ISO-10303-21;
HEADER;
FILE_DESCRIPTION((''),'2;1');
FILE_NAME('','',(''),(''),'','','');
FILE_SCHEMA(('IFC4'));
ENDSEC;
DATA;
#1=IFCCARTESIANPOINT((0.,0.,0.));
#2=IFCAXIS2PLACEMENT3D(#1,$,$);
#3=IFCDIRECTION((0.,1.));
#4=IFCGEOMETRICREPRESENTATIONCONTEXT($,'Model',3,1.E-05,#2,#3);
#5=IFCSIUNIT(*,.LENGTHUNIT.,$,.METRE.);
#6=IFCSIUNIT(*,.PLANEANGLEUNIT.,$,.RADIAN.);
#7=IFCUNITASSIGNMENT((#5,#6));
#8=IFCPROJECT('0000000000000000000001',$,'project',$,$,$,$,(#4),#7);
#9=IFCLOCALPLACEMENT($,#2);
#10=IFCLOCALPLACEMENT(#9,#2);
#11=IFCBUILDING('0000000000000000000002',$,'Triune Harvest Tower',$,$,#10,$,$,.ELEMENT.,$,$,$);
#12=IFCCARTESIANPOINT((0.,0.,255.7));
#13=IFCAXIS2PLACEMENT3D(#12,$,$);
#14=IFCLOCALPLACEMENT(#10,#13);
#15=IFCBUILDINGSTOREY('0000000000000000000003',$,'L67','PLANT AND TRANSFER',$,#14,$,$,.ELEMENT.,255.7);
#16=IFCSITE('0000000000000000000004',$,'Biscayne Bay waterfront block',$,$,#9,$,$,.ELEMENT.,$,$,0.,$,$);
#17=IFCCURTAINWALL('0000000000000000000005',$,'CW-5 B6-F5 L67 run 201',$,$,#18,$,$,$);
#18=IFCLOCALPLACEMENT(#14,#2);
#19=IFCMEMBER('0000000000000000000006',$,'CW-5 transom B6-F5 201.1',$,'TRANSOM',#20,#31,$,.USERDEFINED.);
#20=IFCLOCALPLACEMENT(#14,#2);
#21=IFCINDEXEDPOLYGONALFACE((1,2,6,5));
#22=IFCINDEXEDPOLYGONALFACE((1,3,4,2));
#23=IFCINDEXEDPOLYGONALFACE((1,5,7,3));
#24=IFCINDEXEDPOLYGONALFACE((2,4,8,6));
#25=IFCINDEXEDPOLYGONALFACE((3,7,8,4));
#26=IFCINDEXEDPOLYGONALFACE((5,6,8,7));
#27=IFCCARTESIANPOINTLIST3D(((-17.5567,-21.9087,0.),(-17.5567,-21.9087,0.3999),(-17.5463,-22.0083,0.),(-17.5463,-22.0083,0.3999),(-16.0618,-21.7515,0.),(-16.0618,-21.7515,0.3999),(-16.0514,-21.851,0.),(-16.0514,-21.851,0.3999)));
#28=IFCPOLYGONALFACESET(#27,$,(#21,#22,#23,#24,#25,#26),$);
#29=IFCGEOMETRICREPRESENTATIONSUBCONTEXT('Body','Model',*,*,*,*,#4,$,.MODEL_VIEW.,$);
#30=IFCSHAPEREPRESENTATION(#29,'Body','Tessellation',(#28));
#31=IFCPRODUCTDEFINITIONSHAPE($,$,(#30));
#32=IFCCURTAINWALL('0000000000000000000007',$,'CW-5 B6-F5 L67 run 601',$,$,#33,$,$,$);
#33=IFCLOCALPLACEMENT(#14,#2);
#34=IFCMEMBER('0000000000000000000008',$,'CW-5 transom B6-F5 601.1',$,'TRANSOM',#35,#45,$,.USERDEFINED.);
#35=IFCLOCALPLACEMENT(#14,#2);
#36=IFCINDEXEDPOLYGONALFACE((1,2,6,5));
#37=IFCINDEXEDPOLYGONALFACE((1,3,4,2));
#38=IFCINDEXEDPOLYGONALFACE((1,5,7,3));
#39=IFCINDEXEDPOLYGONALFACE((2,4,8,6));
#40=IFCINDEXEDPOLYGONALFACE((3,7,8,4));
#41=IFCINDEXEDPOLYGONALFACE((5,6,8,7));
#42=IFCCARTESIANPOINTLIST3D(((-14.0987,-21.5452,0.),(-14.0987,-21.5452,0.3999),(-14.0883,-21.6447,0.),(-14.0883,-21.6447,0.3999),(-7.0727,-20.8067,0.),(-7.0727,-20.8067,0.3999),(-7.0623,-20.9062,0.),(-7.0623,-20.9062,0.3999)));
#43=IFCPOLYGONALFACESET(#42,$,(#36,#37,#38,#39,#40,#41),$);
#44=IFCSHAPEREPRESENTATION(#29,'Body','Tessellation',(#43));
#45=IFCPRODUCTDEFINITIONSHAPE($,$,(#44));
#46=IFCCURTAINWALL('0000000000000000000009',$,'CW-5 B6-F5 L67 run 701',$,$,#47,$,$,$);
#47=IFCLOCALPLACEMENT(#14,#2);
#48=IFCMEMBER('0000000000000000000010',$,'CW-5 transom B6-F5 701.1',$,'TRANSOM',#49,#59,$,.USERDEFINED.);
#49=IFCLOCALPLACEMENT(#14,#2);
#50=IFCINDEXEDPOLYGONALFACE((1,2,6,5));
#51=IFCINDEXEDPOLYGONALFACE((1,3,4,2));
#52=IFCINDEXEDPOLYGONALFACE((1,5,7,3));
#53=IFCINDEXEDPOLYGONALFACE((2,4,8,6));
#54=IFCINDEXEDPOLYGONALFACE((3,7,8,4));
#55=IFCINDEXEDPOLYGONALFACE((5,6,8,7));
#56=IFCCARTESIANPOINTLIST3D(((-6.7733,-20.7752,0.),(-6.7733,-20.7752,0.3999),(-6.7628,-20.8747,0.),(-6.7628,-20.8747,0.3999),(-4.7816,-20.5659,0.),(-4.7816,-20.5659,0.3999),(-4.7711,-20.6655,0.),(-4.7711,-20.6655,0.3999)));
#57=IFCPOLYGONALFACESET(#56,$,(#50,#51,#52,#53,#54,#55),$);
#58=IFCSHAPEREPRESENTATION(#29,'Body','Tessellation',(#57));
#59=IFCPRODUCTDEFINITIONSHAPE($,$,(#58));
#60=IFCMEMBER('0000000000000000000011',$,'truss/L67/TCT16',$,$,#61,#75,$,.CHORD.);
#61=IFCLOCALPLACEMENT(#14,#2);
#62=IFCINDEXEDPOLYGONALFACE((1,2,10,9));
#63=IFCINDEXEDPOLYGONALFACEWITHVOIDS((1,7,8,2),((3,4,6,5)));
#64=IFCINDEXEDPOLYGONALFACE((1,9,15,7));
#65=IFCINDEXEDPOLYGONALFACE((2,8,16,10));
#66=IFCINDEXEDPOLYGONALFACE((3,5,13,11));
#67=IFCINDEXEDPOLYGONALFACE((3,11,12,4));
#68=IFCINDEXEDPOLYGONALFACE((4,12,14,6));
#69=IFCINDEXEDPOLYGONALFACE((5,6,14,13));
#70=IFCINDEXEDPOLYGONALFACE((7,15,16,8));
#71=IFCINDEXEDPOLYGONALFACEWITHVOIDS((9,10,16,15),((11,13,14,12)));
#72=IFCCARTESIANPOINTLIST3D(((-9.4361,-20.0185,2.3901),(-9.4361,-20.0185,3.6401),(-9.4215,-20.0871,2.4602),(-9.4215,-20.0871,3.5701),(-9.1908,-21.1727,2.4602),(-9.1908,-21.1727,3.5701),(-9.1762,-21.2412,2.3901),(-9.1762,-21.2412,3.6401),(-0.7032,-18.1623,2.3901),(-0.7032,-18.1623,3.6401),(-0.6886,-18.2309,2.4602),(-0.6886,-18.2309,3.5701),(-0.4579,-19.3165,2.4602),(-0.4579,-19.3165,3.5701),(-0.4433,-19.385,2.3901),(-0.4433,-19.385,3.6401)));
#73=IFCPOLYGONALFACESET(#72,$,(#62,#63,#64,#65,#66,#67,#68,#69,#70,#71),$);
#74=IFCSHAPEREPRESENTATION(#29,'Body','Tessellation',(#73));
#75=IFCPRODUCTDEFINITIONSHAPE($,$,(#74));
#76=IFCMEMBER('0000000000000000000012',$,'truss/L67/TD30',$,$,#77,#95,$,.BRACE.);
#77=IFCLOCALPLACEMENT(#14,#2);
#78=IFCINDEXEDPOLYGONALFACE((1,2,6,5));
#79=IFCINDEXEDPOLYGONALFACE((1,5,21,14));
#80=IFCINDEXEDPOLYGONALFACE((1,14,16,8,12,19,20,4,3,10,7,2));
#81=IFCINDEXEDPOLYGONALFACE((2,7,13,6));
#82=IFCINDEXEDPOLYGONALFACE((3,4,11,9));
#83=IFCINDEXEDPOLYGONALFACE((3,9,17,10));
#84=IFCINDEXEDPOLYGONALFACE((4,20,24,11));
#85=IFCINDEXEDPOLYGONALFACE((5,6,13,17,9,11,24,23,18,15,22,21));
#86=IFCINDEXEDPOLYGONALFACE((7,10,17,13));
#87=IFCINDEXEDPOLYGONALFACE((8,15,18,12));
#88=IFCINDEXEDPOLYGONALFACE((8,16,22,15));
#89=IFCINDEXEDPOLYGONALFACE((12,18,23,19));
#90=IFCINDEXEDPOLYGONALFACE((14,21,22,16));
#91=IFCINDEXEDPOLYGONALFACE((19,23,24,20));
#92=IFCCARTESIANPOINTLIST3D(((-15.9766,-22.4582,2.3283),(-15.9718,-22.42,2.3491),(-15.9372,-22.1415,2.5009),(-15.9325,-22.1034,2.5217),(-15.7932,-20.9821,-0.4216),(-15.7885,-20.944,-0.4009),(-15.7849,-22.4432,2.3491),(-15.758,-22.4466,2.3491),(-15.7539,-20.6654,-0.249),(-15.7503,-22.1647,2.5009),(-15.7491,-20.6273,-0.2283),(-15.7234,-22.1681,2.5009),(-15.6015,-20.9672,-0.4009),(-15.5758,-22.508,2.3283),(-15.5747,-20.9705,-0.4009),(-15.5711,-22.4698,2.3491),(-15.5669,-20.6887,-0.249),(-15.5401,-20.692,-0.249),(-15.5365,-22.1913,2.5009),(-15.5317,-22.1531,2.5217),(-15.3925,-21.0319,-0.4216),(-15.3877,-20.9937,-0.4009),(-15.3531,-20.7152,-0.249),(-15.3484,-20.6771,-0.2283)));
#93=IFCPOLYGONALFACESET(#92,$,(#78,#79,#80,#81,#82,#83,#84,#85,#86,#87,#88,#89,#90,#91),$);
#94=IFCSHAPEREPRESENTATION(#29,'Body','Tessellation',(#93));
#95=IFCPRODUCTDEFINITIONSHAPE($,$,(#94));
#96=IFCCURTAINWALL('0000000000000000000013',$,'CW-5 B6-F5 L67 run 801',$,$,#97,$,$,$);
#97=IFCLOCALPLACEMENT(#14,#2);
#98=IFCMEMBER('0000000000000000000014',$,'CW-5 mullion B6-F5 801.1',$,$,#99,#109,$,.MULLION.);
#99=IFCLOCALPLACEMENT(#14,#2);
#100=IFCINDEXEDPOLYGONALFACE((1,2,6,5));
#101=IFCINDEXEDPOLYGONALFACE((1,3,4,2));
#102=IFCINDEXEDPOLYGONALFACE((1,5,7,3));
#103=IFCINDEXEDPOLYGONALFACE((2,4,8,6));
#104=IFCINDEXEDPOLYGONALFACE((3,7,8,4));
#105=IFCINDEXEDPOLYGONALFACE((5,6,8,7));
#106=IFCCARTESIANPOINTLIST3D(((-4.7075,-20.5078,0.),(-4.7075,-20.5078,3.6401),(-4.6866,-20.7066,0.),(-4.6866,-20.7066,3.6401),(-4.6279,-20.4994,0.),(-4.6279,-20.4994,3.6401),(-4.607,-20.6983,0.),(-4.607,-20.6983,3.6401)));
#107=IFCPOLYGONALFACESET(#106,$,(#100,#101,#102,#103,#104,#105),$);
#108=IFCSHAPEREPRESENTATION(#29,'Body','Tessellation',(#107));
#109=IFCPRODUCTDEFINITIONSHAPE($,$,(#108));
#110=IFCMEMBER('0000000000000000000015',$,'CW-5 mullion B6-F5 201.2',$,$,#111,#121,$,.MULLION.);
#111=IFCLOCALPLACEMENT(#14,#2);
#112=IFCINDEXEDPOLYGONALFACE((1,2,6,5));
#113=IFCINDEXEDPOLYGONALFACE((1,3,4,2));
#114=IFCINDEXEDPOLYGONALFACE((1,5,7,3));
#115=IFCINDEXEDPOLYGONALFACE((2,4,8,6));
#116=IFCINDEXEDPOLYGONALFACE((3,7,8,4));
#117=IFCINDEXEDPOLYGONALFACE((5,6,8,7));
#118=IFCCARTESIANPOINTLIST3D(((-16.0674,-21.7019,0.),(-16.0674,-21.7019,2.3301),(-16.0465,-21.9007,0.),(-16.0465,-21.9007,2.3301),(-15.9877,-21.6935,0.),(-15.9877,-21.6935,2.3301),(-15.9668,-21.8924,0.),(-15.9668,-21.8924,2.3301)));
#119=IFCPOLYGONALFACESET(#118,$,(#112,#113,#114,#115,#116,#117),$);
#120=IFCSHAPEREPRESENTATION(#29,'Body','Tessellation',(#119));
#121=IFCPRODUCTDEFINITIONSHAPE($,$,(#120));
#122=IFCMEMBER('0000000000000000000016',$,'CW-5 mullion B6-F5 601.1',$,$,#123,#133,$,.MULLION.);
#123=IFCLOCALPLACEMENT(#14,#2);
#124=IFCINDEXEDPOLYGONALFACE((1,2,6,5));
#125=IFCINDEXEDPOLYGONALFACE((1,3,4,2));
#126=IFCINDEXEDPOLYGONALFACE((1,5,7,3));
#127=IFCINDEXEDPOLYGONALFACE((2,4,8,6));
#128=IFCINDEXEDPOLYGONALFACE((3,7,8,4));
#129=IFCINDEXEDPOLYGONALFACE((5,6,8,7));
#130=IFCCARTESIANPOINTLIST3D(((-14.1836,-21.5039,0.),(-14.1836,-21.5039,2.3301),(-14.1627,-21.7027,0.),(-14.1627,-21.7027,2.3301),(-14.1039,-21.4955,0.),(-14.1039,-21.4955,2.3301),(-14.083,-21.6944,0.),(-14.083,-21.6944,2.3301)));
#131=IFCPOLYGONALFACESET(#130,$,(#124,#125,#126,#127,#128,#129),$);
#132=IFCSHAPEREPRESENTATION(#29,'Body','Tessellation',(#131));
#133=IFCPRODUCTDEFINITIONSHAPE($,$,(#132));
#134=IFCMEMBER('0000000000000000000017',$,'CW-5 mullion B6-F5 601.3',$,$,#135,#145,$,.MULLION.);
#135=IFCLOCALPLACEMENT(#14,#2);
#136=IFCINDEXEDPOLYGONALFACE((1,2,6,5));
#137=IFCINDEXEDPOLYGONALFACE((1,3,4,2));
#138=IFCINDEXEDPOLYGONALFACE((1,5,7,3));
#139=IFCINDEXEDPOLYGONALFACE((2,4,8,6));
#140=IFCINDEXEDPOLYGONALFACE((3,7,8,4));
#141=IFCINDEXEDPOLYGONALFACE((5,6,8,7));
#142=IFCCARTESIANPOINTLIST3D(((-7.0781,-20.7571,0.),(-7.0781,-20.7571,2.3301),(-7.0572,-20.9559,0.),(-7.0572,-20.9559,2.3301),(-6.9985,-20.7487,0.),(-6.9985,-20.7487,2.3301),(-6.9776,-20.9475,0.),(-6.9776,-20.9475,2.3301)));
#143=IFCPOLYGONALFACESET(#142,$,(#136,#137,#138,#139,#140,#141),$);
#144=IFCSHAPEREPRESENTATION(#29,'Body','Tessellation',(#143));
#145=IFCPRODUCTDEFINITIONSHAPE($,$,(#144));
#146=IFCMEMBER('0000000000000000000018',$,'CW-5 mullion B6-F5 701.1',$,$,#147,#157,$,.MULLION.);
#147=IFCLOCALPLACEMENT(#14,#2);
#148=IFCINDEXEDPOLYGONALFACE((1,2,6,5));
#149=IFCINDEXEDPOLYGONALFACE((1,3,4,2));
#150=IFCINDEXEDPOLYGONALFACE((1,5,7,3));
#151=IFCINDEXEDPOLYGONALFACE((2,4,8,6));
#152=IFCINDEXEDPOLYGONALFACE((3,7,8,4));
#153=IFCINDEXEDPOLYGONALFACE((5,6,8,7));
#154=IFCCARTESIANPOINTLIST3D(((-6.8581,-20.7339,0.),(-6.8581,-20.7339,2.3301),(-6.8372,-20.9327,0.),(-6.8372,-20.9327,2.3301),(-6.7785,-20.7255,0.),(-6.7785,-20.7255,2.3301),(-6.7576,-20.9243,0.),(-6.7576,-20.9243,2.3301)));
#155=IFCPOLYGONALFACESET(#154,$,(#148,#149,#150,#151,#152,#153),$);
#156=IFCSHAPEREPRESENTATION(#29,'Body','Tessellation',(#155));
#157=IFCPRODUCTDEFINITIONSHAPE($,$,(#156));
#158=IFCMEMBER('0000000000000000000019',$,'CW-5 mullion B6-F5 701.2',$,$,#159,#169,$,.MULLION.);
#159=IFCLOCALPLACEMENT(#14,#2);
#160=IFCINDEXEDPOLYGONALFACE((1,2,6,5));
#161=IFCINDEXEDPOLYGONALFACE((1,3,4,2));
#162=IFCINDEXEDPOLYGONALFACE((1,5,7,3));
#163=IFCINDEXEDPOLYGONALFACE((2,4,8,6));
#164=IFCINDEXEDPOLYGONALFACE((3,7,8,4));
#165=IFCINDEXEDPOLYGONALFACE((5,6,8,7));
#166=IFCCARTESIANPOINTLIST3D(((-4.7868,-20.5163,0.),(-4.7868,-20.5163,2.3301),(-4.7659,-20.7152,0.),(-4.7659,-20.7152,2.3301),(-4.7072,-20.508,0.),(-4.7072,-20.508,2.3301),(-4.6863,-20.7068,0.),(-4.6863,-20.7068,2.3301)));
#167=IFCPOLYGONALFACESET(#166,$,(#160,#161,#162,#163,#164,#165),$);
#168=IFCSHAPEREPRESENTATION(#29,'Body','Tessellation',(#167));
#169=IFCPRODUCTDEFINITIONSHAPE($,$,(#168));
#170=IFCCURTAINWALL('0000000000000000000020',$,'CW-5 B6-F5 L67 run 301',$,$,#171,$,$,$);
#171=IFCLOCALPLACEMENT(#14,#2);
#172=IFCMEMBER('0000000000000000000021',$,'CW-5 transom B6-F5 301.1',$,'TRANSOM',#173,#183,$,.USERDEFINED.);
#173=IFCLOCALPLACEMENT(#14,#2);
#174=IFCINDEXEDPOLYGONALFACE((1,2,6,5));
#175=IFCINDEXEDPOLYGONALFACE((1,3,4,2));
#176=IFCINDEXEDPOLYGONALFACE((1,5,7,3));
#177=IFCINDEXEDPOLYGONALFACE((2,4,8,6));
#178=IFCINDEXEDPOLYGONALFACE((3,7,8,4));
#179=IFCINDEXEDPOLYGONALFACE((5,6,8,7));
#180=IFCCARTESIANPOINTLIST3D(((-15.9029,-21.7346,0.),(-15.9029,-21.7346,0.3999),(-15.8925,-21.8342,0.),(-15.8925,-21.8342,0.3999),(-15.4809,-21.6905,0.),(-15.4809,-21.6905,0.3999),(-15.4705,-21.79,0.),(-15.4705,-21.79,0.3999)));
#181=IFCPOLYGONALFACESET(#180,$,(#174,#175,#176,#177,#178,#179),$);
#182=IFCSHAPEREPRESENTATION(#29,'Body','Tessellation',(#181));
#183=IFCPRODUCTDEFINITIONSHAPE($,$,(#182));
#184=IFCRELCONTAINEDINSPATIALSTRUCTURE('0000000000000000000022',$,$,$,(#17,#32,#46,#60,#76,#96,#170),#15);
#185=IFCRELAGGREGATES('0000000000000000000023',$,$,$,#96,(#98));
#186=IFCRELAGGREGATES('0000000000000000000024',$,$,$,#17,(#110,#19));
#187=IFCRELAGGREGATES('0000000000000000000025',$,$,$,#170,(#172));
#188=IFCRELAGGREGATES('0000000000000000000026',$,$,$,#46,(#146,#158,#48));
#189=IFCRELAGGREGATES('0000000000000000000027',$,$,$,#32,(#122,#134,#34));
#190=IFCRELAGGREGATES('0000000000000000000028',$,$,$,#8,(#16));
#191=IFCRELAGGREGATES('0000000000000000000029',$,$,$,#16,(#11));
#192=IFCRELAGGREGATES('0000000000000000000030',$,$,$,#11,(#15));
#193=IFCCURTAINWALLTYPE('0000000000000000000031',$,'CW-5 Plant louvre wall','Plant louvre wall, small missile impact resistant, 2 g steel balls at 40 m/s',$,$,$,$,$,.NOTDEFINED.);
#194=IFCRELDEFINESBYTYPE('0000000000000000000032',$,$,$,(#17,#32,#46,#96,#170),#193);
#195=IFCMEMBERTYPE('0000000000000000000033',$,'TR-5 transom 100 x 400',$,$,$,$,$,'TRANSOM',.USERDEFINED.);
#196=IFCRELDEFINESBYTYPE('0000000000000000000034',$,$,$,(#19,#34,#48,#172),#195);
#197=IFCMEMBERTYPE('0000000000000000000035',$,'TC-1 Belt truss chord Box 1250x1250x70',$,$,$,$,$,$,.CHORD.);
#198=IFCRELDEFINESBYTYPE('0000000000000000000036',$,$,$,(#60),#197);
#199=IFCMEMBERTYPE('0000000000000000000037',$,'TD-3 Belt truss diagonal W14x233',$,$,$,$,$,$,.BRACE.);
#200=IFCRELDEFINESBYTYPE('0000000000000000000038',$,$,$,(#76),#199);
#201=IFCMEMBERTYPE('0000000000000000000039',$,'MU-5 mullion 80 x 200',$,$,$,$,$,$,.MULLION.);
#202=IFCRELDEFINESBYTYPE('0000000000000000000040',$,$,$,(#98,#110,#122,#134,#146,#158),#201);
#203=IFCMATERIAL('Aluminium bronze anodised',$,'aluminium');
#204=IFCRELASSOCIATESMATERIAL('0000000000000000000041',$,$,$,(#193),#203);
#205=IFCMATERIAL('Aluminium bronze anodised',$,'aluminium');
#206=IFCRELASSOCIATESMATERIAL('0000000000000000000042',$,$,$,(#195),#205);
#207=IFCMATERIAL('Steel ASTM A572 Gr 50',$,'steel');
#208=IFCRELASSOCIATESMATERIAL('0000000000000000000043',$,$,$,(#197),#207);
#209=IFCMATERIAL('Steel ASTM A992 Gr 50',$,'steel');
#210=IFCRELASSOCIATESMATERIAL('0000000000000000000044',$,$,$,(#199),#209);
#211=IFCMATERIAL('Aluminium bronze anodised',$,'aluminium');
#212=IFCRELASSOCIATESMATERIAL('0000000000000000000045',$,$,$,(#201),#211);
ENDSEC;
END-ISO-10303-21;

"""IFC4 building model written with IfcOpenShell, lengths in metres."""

from ifc_helpers import new_model, si_unit, direction, frame, origin, origin_2d, place, context, subcontext, project, spatial, rectangle, hollow_rectangle, i_section, extrude, source, transform, mapped, material, material_profile, profile_set, type_object, element, aggregate, save


model = new_model("IFC4")

# Units and contexts
model_context = context("Model", 3, precision=1e-05, world=origin(), true_north=direction((0.0, 1.0)))
body_context = subcontext(model_context, "Body", "Model", "MODEL_VIEW")
ifc_project = project(units=[si_unit("LENGTHUNIT", "METRE"), si_unit("PLANEANGLEUNIT", "RADIAN")], contexts=[model_context])

# Site, building, storey
site_placement = place(None, origin())
site = spatial("IfcSite", under=ifc_project, at=site_placement, Name="Biscayne Bay waterfront block", CompositionType="ELEMENT", RefElevation=0.0)
building_placement = place(site_placement, origin())
building = spatial("IfcBuilding", under=site, at=building_placement, Name="Triune Harvest Tower", CompositionType="ELEMENT")
storey_placement = place(building_placement, frame((0.0, 0.0, 255.7)))
storey = spatial("IfcBuildingStorey", under=building, at=storey_placement, Name="L67", Description="PLANT AND TRANSFER", CompositionType="ELEMENT", Elevation=255.7)

# Curtain walls, members
ifc_material_1 = material(Name="Aluminium bronze anodised", Category="aluminium")
curtain_wall_type = type_object("IfcCurtainWallType", Name="CW-5 Plant louvre wall", Description="Plant louvre wall, small missile impact resistant, 2 g steel balls at 40 m/s", PredefinedType="NOTDEFINED", material=ifc_material_1)
curtain_wall_1_placement = place(storey_placement, origin())
curtain_wall_1 = element("IfcCurtainWall", 1, at=curtain_wall_1_placement, inside=storey, type_object=curtain_wall_type, Name="CW-5 B6-F5 L67 run 201")
ifc_material_2 = material(Name="Aluminium bronze anodised", Category="aluminium")
ifc_material_profile_1 = material_profile(ifc_material_2, rectangle(XDim=0.1001, YDim=0.3999, at=origin_2d()), Name="TR-5 transom 100 x 400")
ifc_profile_set_1 = profile_set([ifc_material_profile_1], Name="Aluminium bronze anodised")
member_type_1 = type_object("IfcMemberType", Name="TR-5 transom 100 x 400", ElementType="TRANSOM", PredefinedType="USERDEFINED", material=ifc_profile_set_1)
member_1_placement = place(storey_placement, frame((-17.5515, -21.9585, 0.2), z_axis=(0.994514, 0.1046, 0.0), x_axis=(-0.1046, 0.994514, 0.0)))
member_1 = element("IfcMember", 2, at=member_1_placement, type_object=member_type_1, Name="CW-5 transom B6-F5 201.1", ObjectType="TRANSOM", PredefinedType="USERDEFINED", context=body_context, shape_type="SweptSolid", body=[
    extrude(rectangle(XDim=0.1001, YDim=0.3999, at=origin_2d()), origin(), (0.0, 0.0, 1.0), 1.5032),
])
curtain_wall_2_placement = place(storey_placement, origin())
curtain_wall_2 = element("IfcCurtainWall", 3, at=curtain_wall_2_placement, inside=storey, type_object=curtain_wall_type, Name="CW-5 B6-F5 L67 run 601")
member_2_placement = place(storey_placement, frame((-14.0935, -21.595, 0.2), z_axis=(0.994521, 0.104539, 0.0), x_axis=(-0.104539, 0.994521, 0.0)))
member_2 = element("IfcMember", 4, at=member_2_placement, type_object=member_type_1, Name="CW-5 transom B6-F5 601.1", ObjectType="TRANSOM", PredefinedType="USERDEFINED", context=body_context, shape_type="SweptSolid", body=[
    extrude(rectangle(XDim=0.1001, YDim=0.3999, at=origin_2d()), origin(), (0.0, 0.0, 1.0), 7.0647),
])
curtain_wall_3_placement = place(storey_placement, origin())
curtain_wall_3 = element("IfcCurtainWall", 5, at=curtain_wall_3_placement, inside=storey, type_object=curtain_wall_type, Name="CW-5 B6-F5 L67 run 701")
member_3_placement = place(storey_placement, frame((-6.7681, -20.825, 0.2), z_axis=(0.994527, 0.104475, 0.0), x_axis=(-0.104475, 0.994527, 0.0)))
member_3 = element("IfcMember", 6, at=member_3_placement, type_object=member_type_1, Name="CW-5 transom B6-F5 701.1", ObjectType="TRANSOM", PredefinedType="USERDEFINED", context=body_context, shape_type="SweptSolid", body=[
    extrude(rectangle(XDim=0.1001, YDim=0.3999, at=origin_2d()), origin(), (0.0, 0.0, 1.0), 2.0027),
])

# Members
ifc_material_3 = material(Name="Steel ASTM A572 Gr 50", Category="steel")
ifc_material_profile_2 = material_profile(ifc_material_3, hollow_rectangle(XDim=1.25, YDim=1.25, WallThickness=0.0701, at=origin_2d()), Name="Box 1250x1250x70")
ifc_profile_set_2 = profile_set([ifc_material_profile_2], Name="Steel ASTM A572 Gr 50")
member_type_2 = type_object("IfcMemberType", Name="TC-1 Belt truss chord Box 1250x1250x70", PredefinedType="CHORD", material=ifc_profile_set_2)
shared_shape_1 = source(origin(), body_context, "Body", "SweptSolid", [
    extrude(hollow_rectangle(XDim=1.25, YDim=1.25, WallThickness=0.0701, at=origin_2d()), origin(), (0.0, 0.0, 1.0), 8.928),
])
member_4_placement = place(storey_placement, frame((-9.3062, -20.6299, 3.0151), z_axis=(0.978148, 0.207908, 0.0), x_axis=(-0.207908, 0.978148, 0.0)))
element("IfcMember", 7, at=member_4_placement, inside=storey, type_object=member_type_2, Name="truss/L67/TCT16", PredefinedType="CHORD", context=body_context, shape_type="MappedRepresentation", body=[
    mapped(shared_shape_1, transform((0.0, 0.0, 0.0), scale=1.0)),
])
ifc_material_4 = material(Name="Steel ASTM A992 Gr 50", Category="steel")
ifc_material_profile_3 = material_profile(ifc_material_4, i_section(OverallWidth=0.4038, OverallDepth=0.4065, WebThickness=0.0271, FlangeThickness=0.0437, at=origin_2d()), Name="W14x233")
ifc_profile_set_3 = profile_set([ifc_material_profile_3], Name="Steel ASTM A992 Gr 50")
member_type_3 = type_object("IfcMemberType", Name="TD-3 Belt truss diagonal W14x233", PredefinedType="BRACE", material=ifc_profile_set_3)
shared_shape_2 = source(origin(), body_context, "Body", "SweptSolid", [
    extrude(i_section(OverallWidth=0.4038, OverallDepth=0.4065, WebThickness=0.0271, FlangeThickness=0.0437, at=origin_2d()), origin(), (0.0, 0.0, 1.0), 3.1265),
])
member_5_placement = place(storey_placement, frame((-15.5708, -20.8296, -0.325), z_axis=(-0.058644, -0.472119, 0.879582), x_axis=(0.992374, -0.123267, 0.0)))
element("IfcMember", 8, at=member_5_placement, inside=storey, type_object=member_type_3, Name="truss/L67/TD30", PredefinedType="BRACE", context=body_context, shape_type="MappedRepresentation", body=[
    mapped(shared_shape_2, transform((0.0, 0.0, 0.0), scale=1.0)),
])

# Curtain wall, member
curtain_wall_4_placement = place(storey_placement, origin())
curtain_wall_4 = element("IfcCurtainWall", 9, at=curtain_wall_4_placement, inside=storey, type_object=curtain_wall_type, Name="CW-5 B6-F5 L67 run 801")
ifc_material_5 = material(Name="Aluminium bronze anodised", Category="aluminium")
ifc_material_profile_4 = material_profile(ifc_material_5, rectangle(XDim=0.2, YDim=0.0801, at=origin_2d()), Name="MU-5 mullion 80 x 200")
ifc_profile_set_4 = profile_set([ifc_material_profile_4], Name="Aluminium bronze anodised")
member_type_4 = type_object("IfcMemberType", Name="MU-5 mullion 80 x 200", PredefinedType="MULLION", material=ifc_profile_set_4)
shared_shape_3 = source(origin(), body_context, "Body", "SweptSolid", [
    extrude(rectangle(XDim=0.2, YDim=0.0801, at=origin_2d()), origin(), (0.0, 0.0, 1.0), 3.6401),
])
member_6_placement = place(storey_placement, frame((-4.6572, -20.603, 0.0), z_axis=(0.0, 0.0, 1.0), x_axis=(-0.10453, 0.994522, 0.0)))
member_6 = element("IfcMember", 10, at=member_6_placement, type_object=member_type_4, Name="CW-5 mullion B6-F5 801.1", PredefinedType="MULLION", context=body_context, shape_type="MappedRepresentation", body=[
    mapped(shared_shape_3, transform((0.0, 0.0, 0.0), scale=1.0)),
])
aggregate(curtain_wall_4, [member_6])

# Members
shared_shape_4 = source(origin(), body_context, "Body", "SweptSolid", [
    extrude(rectangle(XDim=0.2, YDim=0.0801, at=origin_2d()), origin(), (0.0, 0.0, 1.0), 2.3301),
])
member_7_placement = place(storey_placement, frame((-16.0171, -21.7971, 0.0), z_axis=(0.0, 0.0, 1.0), x_axis=(-0.104569, 0.994518, 0.0)))
member_7 = element("IfcMember", 11, at=member_7_placement, type_object=member_type_4, Name="CW-5 mullion B6-F5 201.2", PredefinedType="MULLION", context=body_context, shape_type="MappedRepresentation", body=[
    mapped(shared_shape_4, transform((0.0, 0.0, 0.0), scale=1.0)),
])
member_8_placement = place(storey_placement, frame((-14.1333, -21.5991, 0.0), z_axis=(0.0, 0.0, 1.0), x_axis=(-0.104533, 0.994521, 0.0)))
member_8 = element("IfcMember", 12, at=member_8_placement, type_object=member_type_4, Name="CW-5 mullion B6-F5 601.1", PredefinedType="MULLION", context=body_context, shape_type="MappedRepresentation", body=[
    mapped(shared_shape_4, transform((0.0, 0.0, 0.0), scale=1.0)),
])
member_9_placement = place(storey_placement, frame((-7.0278, -20.8523, 0.0), z_axis=(0.0, 0.0, 1.0), x_axis=(-0.104533, 0.994521, 0.0)))
member_9 = element("IfcMember", 13, at=member_9_placement, type_object=member_type_4, Name="CW-5 mullion B6-F5 601.3", PredefinedType="MULLION", context=body_context, shape_type="MappedRepresentation", body=[
    mapped(shared_shape_4, transform((0.0, 0.0, 0.0), scale=1.0)),
])
member_10_placement = place(storey_placement, frame((-6.8079, -20.8291, 0.0), z_axis=(0.0, 0.0, 1.0), x_axis=(-0.104507, 0.994524, 0.0)))
member_10 = element("IfcMember", 14, at=member_10_placement, type_object=member_type_4, Name="CW-5 mullion B6-F5 701.1", PredefinedType="MULLION", context=body_context, shape_type="MappedRepresentation", body=[
    mapped(shared_shape_4, transform((0.0, 0.0, 0.0), scale=1.0)),
])
member_11_placement = place(storey_placement, frame((-4.7366, -20.6116, 0.0), z_axis=(0.0, 0.0, 1.0), x_axis=(-0.104507, 0.994524, 0.0)))
member_11 = element("IfcMember", 15, at=member_11_placement, type_object=member_type_4, Name="CW-5 mullion B6-F5 701.2", PredefinedType="MULLION", context=body_context, shape_type="MappedRepresentation", body=[
    mapped(shared_shape_4, transform((0.0, 0.0, 0.0), scale=1.0)),
])

# Curtain wall, member
curtain_wall_5_placement = place(storey_placement, origin())
curtain_wall_5 = element("IfcCurtainWall", 16, at=curtain_wall_5_placement, inside=storey, type_object=curtain_wall_type, Name="CW-5 B6-F5 L67 run 301")
shared_shape_5 = source(origin(), body_context, "Body", "SweptSolid", [
    extrude(rectangle(XDim=0.1001, YDim=0.3999, at=origin_2d()), origin(), (0.0, 0.0, 1.0), 0.4243),
])
member_12_placement = place(storey_placement, frame((-15.8977, -21.7844, 0.2), z_axis=(0.994565, 0.104116, 0.0), x_axis=(-0.104116, 0.994565, 0.0)))
member_12 = element("IfcMember", 17, at=member_12_placement, type_object=member_type_1, Name="CW-5 transom B6-F5 301.1", ObjectType="TRANSOM", PredefinedType="USERDEFINED", context=body_context, shape_type="MappedRepresentation", body=[
    mapped(shared_shape_5, transform((0.0, 0.0, 0.0), scale=1.0)),
])

aggregate(curtain_wall_1, [member_7, member_1])
aggregate(curtain_wall_5, [member_12])
aggregate(curtain_wall_3, [member_10, member_11, member_3])
aggregate(curtain_wall_2, [member_8, member_9, member_2])

save(model, "model.ifc")
